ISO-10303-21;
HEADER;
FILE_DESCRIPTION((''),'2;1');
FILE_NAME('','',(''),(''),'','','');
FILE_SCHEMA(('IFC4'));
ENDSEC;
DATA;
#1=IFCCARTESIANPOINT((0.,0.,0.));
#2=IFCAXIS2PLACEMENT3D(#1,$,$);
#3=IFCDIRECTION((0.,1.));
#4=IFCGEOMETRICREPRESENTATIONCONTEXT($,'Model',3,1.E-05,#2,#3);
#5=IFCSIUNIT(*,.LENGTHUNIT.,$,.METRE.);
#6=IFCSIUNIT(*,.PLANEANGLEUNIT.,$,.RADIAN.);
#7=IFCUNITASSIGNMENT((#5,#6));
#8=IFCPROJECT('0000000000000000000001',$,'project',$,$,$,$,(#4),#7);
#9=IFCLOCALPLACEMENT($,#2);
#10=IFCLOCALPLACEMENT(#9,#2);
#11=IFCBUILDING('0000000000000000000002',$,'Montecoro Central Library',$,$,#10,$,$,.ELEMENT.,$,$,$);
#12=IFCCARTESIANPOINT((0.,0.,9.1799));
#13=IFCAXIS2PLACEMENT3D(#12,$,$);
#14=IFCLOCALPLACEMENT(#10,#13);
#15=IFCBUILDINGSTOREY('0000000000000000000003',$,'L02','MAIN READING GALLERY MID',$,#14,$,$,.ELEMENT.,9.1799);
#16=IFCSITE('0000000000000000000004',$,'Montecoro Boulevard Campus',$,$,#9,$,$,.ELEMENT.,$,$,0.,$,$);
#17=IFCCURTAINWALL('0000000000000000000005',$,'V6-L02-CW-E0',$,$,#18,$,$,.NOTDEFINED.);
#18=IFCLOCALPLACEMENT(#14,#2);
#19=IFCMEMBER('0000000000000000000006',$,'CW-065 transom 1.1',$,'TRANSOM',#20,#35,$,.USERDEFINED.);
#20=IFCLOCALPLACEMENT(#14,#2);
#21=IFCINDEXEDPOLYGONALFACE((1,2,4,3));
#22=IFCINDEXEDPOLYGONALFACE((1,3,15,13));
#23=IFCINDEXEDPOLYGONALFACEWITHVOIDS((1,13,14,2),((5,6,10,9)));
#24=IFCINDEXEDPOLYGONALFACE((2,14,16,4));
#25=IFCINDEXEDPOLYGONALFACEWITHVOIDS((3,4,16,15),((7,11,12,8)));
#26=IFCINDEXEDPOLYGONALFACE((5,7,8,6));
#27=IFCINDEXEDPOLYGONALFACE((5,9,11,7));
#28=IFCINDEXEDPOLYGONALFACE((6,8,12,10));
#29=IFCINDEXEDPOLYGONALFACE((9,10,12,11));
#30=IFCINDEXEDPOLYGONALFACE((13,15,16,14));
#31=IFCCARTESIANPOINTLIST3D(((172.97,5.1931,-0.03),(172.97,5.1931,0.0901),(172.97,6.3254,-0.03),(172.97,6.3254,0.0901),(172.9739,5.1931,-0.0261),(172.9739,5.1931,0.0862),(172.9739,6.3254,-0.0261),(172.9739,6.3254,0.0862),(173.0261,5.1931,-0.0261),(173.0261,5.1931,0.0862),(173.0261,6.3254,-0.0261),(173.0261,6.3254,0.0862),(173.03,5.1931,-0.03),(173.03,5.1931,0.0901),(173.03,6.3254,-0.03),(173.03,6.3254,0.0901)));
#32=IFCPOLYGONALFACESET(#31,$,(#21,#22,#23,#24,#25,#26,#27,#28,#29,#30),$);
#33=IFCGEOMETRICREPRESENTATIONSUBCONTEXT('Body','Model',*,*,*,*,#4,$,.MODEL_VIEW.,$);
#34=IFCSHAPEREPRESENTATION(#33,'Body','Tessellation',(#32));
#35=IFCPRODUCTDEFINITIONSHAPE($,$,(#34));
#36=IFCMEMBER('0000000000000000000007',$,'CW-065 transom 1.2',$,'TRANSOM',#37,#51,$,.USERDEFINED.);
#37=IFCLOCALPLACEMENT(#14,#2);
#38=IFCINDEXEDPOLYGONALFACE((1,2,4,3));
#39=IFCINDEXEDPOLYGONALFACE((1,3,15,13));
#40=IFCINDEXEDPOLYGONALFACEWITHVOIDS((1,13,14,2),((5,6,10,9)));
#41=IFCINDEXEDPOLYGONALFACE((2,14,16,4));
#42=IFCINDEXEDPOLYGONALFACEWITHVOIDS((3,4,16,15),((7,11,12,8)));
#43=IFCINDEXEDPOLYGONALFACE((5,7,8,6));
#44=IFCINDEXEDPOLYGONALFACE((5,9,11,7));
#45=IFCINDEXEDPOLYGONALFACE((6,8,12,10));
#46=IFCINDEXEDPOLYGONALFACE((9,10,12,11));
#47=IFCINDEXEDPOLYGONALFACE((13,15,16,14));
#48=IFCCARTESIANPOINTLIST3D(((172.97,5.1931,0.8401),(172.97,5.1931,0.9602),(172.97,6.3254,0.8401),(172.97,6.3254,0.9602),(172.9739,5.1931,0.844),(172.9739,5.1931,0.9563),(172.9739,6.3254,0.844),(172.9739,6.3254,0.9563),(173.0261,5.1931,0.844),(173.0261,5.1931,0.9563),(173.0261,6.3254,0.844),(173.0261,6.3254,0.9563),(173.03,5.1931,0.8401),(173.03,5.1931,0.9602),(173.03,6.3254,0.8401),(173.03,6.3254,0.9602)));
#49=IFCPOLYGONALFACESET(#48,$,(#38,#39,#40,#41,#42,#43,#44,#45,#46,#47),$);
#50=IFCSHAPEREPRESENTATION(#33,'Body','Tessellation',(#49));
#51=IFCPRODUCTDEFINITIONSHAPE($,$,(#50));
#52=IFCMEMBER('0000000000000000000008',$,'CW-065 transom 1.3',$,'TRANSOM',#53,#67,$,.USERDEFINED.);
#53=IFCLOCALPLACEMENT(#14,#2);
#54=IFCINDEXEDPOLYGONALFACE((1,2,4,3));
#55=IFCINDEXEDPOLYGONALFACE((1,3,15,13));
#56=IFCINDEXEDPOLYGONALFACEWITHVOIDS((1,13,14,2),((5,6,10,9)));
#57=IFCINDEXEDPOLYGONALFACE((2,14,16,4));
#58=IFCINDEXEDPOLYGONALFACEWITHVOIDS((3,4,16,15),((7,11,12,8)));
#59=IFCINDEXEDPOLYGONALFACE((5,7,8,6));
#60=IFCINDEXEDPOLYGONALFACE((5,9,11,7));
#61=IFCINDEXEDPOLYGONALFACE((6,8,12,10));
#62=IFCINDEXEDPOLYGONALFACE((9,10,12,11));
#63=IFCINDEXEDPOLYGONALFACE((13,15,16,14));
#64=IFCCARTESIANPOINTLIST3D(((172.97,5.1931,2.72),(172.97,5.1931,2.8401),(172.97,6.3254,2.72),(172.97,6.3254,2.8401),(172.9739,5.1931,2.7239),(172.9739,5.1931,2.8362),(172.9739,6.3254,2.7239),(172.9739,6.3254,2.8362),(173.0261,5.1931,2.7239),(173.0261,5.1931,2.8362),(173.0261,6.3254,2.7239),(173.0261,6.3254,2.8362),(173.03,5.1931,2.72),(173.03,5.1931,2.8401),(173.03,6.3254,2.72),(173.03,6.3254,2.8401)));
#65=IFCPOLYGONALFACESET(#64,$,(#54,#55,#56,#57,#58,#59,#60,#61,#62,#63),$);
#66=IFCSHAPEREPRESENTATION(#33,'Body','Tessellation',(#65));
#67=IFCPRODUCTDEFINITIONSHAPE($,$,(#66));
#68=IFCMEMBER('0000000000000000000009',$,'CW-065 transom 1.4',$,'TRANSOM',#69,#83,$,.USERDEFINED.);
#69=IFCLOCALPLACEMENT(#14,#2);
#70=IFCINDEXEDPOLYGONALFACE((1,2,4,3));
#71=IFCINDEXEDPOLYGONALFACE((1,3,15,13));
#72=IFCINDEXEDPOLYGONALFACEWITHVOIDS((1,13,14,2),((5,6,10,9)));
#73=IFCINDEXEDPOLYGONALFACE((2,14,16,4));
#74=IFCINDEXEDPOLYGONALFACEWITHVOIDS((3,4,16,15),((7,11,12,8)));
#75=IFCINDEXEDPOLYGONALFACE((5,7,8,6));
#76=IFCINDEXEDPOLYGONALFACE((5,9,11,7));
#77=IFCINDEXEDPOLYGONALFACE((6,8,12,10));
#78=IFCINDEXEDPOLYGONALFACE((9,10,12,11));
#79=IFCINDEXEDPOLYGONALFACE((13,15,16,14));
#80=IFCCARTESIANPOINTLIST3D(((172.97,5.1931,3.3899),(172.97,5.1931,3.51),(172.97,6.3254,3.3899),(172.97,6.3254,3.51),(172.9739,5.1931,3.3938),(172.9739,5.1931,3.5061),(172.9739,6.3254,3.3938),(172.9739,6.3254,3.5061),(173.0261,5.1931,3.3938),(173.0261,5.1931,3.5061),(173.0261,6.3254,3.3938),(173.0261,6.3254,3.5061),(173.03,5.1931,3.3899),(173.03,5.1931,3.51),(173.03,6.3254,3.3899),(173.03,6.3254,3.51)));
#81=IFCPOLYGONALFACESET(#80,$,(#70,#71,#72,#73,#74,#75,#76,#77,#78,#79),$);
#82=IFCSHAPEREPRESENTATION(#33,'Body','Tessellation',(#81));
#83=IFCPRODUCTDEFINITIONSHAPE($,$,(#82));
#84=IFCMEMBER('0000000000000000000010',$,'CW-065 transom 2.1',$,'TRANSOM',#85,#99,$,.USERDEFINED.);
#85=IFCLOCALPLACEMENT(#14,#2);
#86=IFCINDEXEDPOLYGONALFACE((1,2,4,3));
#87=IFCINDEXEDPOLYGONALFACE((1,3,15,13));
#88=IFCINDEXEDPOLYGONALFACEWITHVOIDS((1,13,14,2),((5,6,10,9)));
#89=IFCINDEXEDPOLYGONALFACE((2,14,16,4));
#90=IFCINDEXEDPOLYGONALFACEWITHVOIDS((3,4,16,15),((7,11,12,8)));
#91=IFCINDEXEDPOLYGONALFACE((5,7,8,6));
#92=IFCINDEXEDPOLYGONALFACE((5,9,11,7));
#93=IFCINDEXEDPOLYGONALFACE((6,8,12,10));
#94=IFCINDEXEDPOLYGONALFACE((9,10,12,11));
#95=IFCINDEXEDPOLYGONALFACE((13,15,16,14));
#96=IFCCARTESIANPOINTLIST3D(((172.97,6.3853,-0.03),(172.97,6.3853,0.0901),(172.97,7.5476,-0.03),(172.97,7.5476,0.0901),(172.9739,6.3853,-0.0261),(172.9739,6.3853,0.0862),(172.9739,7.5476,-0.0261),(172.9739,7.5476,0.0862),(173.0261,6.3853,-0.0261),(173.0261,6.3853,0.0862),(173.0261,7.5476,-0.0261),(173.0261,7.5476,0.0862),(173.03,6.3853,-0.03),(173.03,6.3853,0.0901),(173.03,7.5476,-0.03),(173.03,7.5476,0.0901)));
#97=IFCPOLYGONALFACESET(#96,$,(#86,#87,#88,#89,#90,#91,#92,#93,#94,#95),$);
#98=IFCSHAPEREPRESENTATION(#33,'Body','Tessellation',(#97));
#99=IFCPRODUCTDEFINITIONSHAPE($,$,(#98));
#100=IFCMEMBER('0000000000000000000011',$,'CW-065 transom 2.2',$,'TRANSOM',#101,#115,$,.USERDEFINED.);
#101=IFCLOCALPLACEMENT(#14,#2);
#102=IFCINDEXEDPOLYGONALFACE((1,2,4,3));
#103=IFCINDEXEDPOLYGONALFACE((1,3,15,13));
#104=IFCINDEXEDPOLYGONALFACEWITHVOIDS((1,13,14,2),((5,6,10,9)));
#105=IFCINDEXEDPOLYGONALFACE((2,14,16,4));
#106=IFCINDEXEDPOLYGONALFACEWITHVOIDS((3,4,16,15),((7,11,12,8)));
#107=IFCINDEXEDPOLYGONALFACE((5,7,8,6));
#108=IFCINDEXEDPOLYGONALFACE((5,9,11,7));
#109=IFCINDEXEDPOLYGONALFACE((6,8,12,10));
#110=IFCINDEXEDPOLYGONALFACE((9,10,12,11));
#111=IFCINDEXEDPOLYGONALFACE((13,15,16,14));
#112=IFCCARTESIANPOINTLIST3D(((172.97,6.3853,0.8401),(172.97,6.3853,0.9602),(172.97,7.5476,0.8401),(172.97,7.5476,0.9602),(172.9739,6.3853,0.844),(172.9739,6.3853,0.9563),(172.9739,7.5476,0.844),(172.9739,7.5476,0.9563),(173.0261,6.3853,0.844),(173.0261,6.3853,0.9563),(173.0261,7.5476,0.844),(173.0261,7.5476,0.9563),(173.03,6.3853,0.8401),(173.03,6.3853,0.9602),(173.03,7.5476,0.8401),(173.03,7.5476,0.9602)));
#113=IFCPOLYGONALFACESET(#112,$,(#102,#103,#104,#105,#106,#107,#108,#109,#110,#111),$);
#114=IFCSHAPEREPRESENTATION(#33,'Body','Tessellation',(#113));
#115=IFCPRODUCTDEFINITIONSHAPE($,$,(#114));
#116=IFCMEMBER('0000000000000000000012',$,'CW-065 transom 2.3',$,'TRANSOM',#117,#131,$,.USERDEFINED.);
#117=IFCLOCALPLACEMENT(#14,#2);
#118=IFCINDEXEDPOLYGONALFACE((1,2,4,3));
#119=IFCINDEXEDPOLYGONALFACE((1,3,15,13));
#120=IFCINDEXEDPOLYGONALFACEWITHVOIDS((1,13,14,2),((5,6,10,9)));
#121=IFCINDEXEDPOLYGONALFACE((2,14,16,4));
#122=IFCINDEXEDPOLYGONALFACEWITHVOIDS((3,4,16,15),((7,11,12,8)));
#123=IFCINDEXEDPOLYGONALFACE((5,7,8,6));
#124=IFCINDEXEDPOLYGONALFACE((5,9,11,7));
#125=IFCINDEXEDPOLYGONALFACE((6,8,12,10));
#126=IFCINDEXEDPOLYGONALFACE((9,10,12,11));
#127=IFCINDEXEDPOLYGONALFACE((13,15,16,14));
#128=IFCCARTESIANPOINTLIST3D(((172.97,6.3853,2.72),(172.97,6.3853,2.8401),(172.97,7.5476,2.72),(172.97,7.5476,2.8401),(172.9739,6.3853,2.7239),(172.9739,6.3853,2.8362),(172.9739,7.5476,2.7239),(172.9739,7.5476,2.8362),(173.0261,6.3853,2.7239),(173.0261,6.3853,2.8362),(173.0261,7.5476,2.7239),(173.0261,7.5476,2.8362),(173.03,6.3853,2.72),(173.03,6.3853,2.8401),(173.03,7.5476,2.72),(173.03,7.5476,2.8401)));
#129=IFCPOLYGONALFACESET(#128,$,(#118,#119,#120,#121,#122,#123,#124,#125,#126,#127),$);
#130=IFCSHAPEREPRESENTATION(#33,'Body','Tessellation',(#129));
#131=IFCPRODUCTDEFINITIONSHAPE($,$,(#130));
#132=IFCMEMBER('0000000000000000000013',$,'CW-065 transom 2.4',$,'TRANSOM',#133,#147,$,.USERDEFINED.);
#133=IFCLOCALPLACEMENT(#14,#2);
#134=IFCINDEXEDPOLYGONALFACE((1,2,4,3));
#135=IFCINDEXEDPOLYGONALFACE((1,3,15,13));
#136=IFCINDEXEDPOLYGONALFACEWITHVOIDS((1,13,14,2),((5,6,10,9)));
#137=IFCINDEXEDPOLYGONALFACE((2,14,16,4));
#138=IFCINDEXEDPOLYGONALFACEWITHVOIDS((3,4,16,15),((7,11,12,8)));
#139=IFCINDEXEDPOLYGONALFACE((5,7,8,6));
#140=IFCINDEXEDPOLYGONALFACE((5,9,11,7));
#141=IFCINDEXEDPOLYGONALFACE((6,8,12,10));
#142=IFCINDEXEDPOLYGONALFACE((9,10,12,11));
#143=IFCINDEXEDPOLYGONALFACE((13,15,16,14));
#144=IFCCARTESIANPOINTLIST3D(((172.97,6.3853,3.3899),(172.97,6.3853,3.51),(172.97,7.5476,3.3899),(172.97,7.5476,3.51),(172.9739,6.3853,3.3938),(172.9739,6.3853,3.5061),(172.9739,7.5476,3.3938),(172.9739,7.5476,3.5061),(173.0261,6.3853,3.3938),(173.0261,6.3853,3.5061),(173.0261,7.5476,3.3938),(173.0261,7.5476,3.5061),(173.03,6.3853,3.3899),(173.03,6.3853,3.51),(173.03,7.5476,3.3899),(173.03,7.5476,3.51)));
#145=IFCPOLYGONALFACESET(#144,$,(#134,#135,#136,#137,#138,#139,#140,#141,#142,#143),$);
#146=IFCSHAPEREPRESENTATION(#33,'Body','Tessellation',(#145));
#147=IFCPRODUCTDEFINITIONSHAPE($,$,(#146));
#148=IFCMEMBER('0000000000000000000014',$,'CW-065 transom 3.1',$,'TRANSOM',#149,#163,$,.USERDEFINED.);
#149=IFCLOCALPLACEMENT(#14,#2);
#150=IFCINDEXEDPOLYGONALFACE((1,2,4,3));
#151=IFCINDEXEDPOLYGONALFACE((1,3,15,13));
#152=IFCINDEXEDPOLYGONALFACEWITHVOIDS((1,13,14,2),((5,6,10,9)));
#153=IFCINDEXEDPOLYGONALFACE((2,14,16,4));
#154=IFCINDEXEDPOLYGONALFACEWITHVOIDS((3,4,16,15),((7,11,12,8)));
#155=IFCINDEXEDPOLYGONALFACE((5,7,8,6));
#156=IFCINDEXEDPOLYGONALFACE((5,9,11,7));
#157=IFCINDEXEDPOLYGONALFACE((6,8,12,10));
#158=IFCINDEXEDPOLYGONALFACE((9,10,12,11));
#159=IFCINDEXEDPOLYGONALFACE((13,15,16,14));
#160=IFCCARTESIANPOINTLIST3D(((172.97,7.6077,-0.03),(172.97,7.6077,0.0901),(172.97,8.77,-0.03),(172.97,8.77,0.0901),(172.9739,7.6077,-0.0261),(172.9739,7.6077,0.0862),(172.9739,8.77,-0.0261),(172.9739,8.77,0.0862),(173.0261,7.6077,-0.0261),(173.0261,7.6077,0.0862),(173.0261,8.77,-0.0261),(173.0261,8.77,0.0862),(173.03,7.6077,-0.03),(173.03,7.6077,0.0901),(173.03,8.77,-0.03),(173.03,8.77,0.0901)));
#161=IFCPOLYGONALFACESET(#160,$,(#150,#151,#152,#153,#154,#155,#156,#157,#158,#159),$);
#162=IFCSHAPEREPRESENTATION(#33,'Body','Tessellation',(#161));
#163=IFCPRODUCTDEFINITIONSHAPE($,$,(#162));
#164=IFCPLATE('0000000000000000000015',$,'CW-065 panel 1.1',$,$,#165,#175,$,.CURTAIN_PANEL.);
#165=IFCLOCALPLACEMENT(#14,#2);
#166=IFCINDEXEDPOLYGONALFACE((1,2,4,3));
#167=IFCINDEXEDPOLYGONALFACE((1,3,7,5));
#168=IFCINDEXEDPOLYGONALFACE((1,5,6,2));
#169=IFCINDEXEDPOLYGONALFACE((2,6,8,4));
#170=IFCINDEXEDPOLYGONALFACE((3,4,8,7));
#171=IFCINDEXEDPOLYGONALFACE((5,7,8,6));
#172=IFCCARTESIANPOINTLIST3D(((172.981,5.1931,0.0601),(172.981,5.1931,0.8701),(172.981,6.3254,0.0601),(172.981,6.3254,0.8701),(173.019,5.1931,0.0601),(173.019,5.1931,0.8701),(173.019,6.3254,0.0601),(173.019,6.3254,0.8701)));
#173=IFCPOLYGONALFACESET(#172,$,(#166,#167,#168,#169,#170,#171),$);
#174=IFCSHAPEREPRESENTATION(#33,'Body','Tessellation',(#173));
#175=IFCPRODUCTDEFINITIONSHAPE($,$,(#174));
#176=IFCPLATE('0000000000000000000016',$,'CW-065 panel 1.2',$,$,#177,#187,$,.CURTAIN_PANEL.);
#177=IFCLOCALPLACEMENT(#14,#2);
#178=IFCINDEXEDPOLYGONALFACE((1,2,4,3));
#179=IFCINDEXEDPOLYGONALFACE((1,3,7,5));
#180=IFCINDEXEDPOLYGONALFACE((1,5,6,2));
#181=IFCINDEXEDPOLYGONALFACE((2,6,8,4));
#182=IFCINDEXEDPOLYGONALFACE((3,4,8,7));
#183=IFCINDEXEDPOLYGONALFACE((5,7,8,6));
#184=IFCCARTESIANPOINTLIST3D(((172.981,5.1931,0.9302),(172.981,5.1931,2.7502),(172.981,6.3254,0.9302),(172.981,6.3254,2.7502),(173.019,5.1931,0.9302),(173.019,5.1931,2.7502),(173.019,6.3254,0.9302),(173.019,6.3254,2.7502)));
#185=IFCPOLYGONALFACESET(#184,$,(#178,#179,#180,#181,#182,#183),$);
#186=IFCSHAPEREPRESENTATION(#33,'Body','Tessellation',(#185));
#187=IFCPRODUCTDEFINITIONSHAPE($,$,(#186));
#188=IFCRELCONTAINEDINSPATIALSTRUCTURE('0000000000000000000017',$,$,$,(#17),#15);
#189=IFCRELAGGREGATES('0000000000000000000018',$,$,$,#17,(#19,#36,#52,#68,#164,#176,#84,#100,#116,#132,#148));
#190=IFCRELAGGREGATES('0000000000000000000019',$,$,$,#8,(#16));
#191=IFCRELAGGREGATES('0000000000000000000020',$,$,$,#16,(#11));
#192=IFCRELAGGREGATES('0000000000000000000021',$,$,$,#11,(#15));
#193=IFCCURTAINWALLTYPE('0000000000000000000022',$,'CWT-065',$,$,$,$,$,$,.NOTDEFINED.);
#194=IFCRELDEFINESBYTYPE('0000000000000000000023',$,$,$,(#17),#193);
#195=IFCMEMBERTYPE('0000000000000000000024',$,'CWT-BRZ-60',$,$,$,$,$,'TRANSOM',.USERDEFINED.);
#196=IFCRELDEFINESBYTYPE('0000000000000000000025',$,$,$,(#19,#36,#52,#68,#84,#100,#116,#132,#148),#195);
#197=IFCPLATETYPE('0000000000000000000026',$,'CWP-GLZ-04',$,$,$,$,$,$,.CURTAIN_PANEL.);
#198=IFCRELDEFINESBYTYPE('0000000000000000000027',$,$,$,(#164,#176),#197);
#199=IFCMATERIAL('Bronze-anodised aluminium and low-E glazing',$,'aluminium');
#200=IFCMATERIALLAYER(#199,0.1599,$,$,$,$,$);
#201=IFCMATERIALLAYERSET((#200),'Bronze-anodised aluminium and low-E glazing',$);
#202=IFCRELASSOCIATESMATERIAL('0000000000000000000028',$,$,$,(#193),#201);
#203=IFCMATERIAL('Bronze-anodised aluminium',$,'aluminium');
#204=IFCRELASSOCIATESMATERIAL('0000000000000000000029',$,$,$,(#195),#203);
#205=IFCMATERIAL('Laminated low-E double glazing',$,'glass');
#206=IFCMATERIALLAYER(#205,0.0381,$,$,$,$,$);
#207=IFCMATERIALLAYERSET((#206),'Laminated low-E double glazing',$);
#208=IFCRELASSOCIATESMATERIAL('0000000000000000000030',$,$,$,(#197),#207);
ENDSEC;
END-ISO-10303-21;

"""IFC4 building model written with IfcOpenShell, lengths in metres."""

from ifc_helpers import new_model, si_unit, direction, frame, origin, origin_2d, place, context, subcontext, project, spatial, rectangle, hollow_rectangle, extrude, material, layer, layer_set, material_profile, profile_set, type_object, element, aggregate, save


model = new_model("IFC4")

# Units and contexts
model_context = context("Model", 3, precision=1e-05, world=origin(), true_north=direction((0.0, 1.0)))
body_context = subcontext(model_context, "Body", "Model", "MODEL_VIEW")
ifc_project = project(units=[si_unit("LENGTHUNIT", "METRE"), si_unit("PLANEANGLEUNIT", "RADIAN")], contexts=[model_context])

# Site, building, storey
site_placement = place(None, origin())
site = spatial("IfcSite", under=ifc_project, at=site_placement, Name="Montecoro Boulevard Campus", CompositionType="ELEMENT", RefElevation=0.0)
building_placement = place(site_placement, origin())
building = spatial("IfcBuilding", under=site, at=building_placement, Name="Montecoro Central Library", CompositionType="ELEMENT")
storey_placement = place(building_placement, frame((0.0, 0.0, 9.1799)))
storey = spatial("IfcBuildingStorey", under=building, at=storey_placement, Name="L02", Description="MAIN READING GALLERY MID", CompositionType="ELEMENT", Elevation=9.1799)

# Curtain wall, members, plates
ifc_material_1 = material(Name="Bronze-anodised aluminium and low-E glazing", Category="aluminium")
ifc_layer_1 = layer(ifc_material_1, 0.1599)
ifc_layer_set_1 = layer_set([ifc_layer_1], Name="Bronze-anodised aluminium and low-E glazing")
curtain_wall_type = type_object("IfcCurtainWallType", Name="CWT-065", PredefinedType="NOTDEFINED", material=ifc_layer_set_1)
curtain_wall_placement = place(storey_placement, origin())
curtain_wall = element("IfcCurtainWall", 1, at=curtain_wall_placement, inside=storey, type_object=curtain_wall_type, Name="V6-L02-CW-E0", PredefinedType="NOTDEFINED")
ifc_material_2 = material(Name="Bronze-anodised aluminium", Category="aluminium")
ifc_material_profile_1 = material_profile(ifc_material_2, hollow_rectangle(XDim=0.0601, YDim=0.1201, WallThickness=0.0039, at=origin_2d()), Name="CWT 120x60x4.0")
ifc_profile_set_1 = profile_set([ifc_material_profile_1], Name="Bronze-anodised aluminium")
member_type_1 = type_object("IfcMemberType", Name="CWT-BRZ-60", ElementType="TRANSOM", PredefinedType="USERDEFINED", material=ifc_profile_set_1)
member_1_placement = place(storey_placement, frame((173.0, 5.1931, 0.03), z_axis=(0.0, 1.0, 0.0), x_axis=(-1.0, 0.0, 0.0)))
member_1 = element("IfcMember", 2, at=member_1_placement, type_object=member_type_1, Name="CW-065 transom 1.1", ObjectType="TRANSOM", PredefinedType="USERDEFINED", context=body_context, shape_type="SweptSolid", body=[
    extrude(hollow_rectangle(XDim=0.0601, YDim=0.1201, WallThickness=0.0039, at=origin_2d()), origin(), (0.0, 0.0, 1.0), 1.1323),
])
member_2_placement = place(storey_placement, frame((173.0, 5.1931, 0.9001), z_axis=(0.0, 1.0, 0.0), x_axis=(-1.0, 0.0, 0.0)))
member_2 = element("IfcMember", 3, at=member_2_placement, type_object=member_type_1, Name="CW-065 transom 1.2", ObjectType="TRANSOM", PredefinedType="USERDEFINED", context=body_context, shape_type="SweptSolid", body=[
    extrude(hollow_rectangle(XDim=0.0601, YDim=0.1201, WallThickness=0.0039, at=origin_2d()), origin(), (0.0, 0.0, 1.0), 1.1323),
])
member_3_placement = place(storey_placement, frame((173.0, 5.1931, 2.78), z_axis=(0.0, 1.0, 0.0), x_axis=(-1.0, 0.0, 0.0)))
member_3 = element("IfcMember", 4, at=member_3_placement, type_object=member_type_1, Name="CW-065 transom 1.3", ObjectType="TRANSOM", PredefinedType="USERDEFINED", context=body_context, shape_type="SweptSolid", body=[
    extrude(hollow_rectangle(XDim=0.0601, YDim=0.1201, WallThickness=0.0039, at=origin_2d()), origin(), (0.0, 0.0, 1.0), 1.1323),
])
member_4_placement = place(storey_placement, frame((173.0, 5.1931, 3.45), z_axis=(0.0, 1.0, 0.0), x_axis=(-1.0, 0.0, 0.0)))
member_4 = element("IfcMember", 5, at=member_4_placement, type_object=member_type_1, Name="CW-065 transom 1.4", ObjectType="TRANSOM", PredefinedType="USERDEFINED", context=body_context, shape_type="SweptSolid", body=[
    extrude(hollow_rectangle(XDim=0.0601, YDim=0.1201, WallThickness=0.0039, at=origin_2d()), origin(), (0.0, 0.0, 1.0), 1.1323),
])
member_5_placement = place(storey_placement, frame((173.0, 6.3853, 0.03), z_axis=(0.0, 1.0, 0.0), x_axis=(-1.0, 0.0, 0.0)))
member_5 = element("IfcMember", 6, at=member_5_placement, type_object=member_type_1, Name="CW-065 transom 2.1", ObjectType="TRANSOM", PredefinedType="USERDEFINED", context=body_context, shape_type="SweptSolid", body=[
    extrude(hollow_rectangle(XDim=0.0601, YDim=0.1201, WallThickness=0.0039, at=origin_2d()), origin(), (0.0, 0.0, 1.0), 1.1624),
])
member_6_placement = place(storey_placement, frame((173.0, 6.3853, 0.9001), z_axis=(0.0, 1.0, 0.0), x_axis=(-1.0, 0.0, 0.0)))
member_6 = element("IfcMember", 7, at=member_6_placement, type_object=member_type_1, Name="CW-065 transom 2.2", ObjectType="TRANSOM", PredefinedType="USERDEFINED", context=body_context, shape_type="SweptSolid", body=[
    extrude(hollow_rectangle(XDim=0.0601, YDim=0.1201, WallThickness=0.0039, at=origin_2d()), origin(), (0.0, 0.0, 1.0), 1.1624),
])
member_7_placement = place(storey_placement, frame((173.0, 6.3853, 2.78), z_axis=(0.0, 1.0, 0.0), x_axis=(-1.0, 0.0, 0.0)))
member_7 = element("IfcMember", 8, at=member_7_placement, type_object=member_type_1, Name="CW-065 transom 2.3", ObjectType="TRANSOM", PredefinedType="USERDEFINED", context=body_context, shape_type="SweptSolid", body=[
    extrude(hollow_rectangle(XDim=0.0601, YDim=0.1201, WallThickness=0.0039, at=origin_2d()), origin(), (0.0, 0.0, 1.0), 1.1624),
])
member_8_placement = place(storey_placement, frame((173.0, 6.3853, 3.45), z_axis=(0.0, 1.0, 0.0), x_axis=(-1.0, 0.0, 0.0)))
member_8 = element("IfcMember", 9, at=member_8_placement, type_object=member_type_1, Name="CW-065 transom 2.4", ObjectType="TRANSOM", PredefinedType="USERDEFINED", context=body_context, shape_type="SweptSolid", body=[
    extrude(hollow_rectangle(XDim=0.0601, YDim=0.1201, WallThickness=0.0039, at=origin_2d()), origin(), (0.0, 0.0, 1.0), 1.1624),
])
member_9_placement = place(storey_placement, frame((173.0, 7.6077, 0.03), z_axis=(0.0, 1.0, 0.0), x_axis=(-1.0, 0.0, 0.0)))
member_9 = element("IfcMember", 10, at=member_9_placement, type_object=member_type_1, Name="CW-065 transom 3.1", ObjectType="TRANSOM", PredefinedType="USERDEFINED", context=body_context, shape_type="SweptSolid", body=[
    extrude(hollow_rectangle(XDim=0.0601, YDim=0.1201, WallThickness=0.0039, at=origin_2d()), origin(), (0.0, 0.0, 1.0), 1.1624),
])
ifc_material_3 = material(Name="Laminated low-E double glazing", Category="glass")
ifc_layer_2 = layer(ifc_material_3, 0.0381)
ifc_layer_set_2 = layer_set([ifc_layer_2], Name="Laminated low-E double glazing")
plate_type_1 = type_object("IfcPlateType", Name="CWP-GLZ-04", PredefinedType="CURTAIN_PANEL", material=ifc_layer_set_2)
plate_1_placement = place(storey_placement, frame((173.0, 5.7593, 0.0601), z_axis=(0.0, 0.0, 1.0), x_axis=(0.0, 1.0, 0.0)))
plate_1 = element("IfcPlate", 11, at=plate_1_placement, type_object=plate_type_1, Name="CW-065 panel 1.1", PredefinedType="CURTAIN_PANEL", context=body_context, shape_type="SweptSolid", body=[
    extrude(rectangle(XDim=1.1323, YDim=0.0381, at=origin_2d()), origin(), (0.0, 0.0, 1.0), 0.8101),
])
plate_2_placement = place(storey_placement, frame((173.0, 5.7593, 0.9302), z_axis=(0.0, 0.0, 1.0), x_axis=(0.0, 1.0, 0.0)))
plate_2 = element("IfcPlate", 12, at=plate_2_placement, type_object=plate_type_1, Name="CW-065 panel 1.2", PredefinedType="CURTAIN_PANEL", context=body_context, shape_type="SweptSolid", body=[
    extrude(rectangle(XDim=1.1323, YDim=0.0381, at=origin_2d()), origin(), (0.0, 0.0, 1.0), 1.8201),
])
aggregate(curtain_wall, [member_1, member_2, member_3, member_4, plate_1, plate_2, member_5, member_6, member_7, member_8, member_9])

save(model, "model.ifc")
